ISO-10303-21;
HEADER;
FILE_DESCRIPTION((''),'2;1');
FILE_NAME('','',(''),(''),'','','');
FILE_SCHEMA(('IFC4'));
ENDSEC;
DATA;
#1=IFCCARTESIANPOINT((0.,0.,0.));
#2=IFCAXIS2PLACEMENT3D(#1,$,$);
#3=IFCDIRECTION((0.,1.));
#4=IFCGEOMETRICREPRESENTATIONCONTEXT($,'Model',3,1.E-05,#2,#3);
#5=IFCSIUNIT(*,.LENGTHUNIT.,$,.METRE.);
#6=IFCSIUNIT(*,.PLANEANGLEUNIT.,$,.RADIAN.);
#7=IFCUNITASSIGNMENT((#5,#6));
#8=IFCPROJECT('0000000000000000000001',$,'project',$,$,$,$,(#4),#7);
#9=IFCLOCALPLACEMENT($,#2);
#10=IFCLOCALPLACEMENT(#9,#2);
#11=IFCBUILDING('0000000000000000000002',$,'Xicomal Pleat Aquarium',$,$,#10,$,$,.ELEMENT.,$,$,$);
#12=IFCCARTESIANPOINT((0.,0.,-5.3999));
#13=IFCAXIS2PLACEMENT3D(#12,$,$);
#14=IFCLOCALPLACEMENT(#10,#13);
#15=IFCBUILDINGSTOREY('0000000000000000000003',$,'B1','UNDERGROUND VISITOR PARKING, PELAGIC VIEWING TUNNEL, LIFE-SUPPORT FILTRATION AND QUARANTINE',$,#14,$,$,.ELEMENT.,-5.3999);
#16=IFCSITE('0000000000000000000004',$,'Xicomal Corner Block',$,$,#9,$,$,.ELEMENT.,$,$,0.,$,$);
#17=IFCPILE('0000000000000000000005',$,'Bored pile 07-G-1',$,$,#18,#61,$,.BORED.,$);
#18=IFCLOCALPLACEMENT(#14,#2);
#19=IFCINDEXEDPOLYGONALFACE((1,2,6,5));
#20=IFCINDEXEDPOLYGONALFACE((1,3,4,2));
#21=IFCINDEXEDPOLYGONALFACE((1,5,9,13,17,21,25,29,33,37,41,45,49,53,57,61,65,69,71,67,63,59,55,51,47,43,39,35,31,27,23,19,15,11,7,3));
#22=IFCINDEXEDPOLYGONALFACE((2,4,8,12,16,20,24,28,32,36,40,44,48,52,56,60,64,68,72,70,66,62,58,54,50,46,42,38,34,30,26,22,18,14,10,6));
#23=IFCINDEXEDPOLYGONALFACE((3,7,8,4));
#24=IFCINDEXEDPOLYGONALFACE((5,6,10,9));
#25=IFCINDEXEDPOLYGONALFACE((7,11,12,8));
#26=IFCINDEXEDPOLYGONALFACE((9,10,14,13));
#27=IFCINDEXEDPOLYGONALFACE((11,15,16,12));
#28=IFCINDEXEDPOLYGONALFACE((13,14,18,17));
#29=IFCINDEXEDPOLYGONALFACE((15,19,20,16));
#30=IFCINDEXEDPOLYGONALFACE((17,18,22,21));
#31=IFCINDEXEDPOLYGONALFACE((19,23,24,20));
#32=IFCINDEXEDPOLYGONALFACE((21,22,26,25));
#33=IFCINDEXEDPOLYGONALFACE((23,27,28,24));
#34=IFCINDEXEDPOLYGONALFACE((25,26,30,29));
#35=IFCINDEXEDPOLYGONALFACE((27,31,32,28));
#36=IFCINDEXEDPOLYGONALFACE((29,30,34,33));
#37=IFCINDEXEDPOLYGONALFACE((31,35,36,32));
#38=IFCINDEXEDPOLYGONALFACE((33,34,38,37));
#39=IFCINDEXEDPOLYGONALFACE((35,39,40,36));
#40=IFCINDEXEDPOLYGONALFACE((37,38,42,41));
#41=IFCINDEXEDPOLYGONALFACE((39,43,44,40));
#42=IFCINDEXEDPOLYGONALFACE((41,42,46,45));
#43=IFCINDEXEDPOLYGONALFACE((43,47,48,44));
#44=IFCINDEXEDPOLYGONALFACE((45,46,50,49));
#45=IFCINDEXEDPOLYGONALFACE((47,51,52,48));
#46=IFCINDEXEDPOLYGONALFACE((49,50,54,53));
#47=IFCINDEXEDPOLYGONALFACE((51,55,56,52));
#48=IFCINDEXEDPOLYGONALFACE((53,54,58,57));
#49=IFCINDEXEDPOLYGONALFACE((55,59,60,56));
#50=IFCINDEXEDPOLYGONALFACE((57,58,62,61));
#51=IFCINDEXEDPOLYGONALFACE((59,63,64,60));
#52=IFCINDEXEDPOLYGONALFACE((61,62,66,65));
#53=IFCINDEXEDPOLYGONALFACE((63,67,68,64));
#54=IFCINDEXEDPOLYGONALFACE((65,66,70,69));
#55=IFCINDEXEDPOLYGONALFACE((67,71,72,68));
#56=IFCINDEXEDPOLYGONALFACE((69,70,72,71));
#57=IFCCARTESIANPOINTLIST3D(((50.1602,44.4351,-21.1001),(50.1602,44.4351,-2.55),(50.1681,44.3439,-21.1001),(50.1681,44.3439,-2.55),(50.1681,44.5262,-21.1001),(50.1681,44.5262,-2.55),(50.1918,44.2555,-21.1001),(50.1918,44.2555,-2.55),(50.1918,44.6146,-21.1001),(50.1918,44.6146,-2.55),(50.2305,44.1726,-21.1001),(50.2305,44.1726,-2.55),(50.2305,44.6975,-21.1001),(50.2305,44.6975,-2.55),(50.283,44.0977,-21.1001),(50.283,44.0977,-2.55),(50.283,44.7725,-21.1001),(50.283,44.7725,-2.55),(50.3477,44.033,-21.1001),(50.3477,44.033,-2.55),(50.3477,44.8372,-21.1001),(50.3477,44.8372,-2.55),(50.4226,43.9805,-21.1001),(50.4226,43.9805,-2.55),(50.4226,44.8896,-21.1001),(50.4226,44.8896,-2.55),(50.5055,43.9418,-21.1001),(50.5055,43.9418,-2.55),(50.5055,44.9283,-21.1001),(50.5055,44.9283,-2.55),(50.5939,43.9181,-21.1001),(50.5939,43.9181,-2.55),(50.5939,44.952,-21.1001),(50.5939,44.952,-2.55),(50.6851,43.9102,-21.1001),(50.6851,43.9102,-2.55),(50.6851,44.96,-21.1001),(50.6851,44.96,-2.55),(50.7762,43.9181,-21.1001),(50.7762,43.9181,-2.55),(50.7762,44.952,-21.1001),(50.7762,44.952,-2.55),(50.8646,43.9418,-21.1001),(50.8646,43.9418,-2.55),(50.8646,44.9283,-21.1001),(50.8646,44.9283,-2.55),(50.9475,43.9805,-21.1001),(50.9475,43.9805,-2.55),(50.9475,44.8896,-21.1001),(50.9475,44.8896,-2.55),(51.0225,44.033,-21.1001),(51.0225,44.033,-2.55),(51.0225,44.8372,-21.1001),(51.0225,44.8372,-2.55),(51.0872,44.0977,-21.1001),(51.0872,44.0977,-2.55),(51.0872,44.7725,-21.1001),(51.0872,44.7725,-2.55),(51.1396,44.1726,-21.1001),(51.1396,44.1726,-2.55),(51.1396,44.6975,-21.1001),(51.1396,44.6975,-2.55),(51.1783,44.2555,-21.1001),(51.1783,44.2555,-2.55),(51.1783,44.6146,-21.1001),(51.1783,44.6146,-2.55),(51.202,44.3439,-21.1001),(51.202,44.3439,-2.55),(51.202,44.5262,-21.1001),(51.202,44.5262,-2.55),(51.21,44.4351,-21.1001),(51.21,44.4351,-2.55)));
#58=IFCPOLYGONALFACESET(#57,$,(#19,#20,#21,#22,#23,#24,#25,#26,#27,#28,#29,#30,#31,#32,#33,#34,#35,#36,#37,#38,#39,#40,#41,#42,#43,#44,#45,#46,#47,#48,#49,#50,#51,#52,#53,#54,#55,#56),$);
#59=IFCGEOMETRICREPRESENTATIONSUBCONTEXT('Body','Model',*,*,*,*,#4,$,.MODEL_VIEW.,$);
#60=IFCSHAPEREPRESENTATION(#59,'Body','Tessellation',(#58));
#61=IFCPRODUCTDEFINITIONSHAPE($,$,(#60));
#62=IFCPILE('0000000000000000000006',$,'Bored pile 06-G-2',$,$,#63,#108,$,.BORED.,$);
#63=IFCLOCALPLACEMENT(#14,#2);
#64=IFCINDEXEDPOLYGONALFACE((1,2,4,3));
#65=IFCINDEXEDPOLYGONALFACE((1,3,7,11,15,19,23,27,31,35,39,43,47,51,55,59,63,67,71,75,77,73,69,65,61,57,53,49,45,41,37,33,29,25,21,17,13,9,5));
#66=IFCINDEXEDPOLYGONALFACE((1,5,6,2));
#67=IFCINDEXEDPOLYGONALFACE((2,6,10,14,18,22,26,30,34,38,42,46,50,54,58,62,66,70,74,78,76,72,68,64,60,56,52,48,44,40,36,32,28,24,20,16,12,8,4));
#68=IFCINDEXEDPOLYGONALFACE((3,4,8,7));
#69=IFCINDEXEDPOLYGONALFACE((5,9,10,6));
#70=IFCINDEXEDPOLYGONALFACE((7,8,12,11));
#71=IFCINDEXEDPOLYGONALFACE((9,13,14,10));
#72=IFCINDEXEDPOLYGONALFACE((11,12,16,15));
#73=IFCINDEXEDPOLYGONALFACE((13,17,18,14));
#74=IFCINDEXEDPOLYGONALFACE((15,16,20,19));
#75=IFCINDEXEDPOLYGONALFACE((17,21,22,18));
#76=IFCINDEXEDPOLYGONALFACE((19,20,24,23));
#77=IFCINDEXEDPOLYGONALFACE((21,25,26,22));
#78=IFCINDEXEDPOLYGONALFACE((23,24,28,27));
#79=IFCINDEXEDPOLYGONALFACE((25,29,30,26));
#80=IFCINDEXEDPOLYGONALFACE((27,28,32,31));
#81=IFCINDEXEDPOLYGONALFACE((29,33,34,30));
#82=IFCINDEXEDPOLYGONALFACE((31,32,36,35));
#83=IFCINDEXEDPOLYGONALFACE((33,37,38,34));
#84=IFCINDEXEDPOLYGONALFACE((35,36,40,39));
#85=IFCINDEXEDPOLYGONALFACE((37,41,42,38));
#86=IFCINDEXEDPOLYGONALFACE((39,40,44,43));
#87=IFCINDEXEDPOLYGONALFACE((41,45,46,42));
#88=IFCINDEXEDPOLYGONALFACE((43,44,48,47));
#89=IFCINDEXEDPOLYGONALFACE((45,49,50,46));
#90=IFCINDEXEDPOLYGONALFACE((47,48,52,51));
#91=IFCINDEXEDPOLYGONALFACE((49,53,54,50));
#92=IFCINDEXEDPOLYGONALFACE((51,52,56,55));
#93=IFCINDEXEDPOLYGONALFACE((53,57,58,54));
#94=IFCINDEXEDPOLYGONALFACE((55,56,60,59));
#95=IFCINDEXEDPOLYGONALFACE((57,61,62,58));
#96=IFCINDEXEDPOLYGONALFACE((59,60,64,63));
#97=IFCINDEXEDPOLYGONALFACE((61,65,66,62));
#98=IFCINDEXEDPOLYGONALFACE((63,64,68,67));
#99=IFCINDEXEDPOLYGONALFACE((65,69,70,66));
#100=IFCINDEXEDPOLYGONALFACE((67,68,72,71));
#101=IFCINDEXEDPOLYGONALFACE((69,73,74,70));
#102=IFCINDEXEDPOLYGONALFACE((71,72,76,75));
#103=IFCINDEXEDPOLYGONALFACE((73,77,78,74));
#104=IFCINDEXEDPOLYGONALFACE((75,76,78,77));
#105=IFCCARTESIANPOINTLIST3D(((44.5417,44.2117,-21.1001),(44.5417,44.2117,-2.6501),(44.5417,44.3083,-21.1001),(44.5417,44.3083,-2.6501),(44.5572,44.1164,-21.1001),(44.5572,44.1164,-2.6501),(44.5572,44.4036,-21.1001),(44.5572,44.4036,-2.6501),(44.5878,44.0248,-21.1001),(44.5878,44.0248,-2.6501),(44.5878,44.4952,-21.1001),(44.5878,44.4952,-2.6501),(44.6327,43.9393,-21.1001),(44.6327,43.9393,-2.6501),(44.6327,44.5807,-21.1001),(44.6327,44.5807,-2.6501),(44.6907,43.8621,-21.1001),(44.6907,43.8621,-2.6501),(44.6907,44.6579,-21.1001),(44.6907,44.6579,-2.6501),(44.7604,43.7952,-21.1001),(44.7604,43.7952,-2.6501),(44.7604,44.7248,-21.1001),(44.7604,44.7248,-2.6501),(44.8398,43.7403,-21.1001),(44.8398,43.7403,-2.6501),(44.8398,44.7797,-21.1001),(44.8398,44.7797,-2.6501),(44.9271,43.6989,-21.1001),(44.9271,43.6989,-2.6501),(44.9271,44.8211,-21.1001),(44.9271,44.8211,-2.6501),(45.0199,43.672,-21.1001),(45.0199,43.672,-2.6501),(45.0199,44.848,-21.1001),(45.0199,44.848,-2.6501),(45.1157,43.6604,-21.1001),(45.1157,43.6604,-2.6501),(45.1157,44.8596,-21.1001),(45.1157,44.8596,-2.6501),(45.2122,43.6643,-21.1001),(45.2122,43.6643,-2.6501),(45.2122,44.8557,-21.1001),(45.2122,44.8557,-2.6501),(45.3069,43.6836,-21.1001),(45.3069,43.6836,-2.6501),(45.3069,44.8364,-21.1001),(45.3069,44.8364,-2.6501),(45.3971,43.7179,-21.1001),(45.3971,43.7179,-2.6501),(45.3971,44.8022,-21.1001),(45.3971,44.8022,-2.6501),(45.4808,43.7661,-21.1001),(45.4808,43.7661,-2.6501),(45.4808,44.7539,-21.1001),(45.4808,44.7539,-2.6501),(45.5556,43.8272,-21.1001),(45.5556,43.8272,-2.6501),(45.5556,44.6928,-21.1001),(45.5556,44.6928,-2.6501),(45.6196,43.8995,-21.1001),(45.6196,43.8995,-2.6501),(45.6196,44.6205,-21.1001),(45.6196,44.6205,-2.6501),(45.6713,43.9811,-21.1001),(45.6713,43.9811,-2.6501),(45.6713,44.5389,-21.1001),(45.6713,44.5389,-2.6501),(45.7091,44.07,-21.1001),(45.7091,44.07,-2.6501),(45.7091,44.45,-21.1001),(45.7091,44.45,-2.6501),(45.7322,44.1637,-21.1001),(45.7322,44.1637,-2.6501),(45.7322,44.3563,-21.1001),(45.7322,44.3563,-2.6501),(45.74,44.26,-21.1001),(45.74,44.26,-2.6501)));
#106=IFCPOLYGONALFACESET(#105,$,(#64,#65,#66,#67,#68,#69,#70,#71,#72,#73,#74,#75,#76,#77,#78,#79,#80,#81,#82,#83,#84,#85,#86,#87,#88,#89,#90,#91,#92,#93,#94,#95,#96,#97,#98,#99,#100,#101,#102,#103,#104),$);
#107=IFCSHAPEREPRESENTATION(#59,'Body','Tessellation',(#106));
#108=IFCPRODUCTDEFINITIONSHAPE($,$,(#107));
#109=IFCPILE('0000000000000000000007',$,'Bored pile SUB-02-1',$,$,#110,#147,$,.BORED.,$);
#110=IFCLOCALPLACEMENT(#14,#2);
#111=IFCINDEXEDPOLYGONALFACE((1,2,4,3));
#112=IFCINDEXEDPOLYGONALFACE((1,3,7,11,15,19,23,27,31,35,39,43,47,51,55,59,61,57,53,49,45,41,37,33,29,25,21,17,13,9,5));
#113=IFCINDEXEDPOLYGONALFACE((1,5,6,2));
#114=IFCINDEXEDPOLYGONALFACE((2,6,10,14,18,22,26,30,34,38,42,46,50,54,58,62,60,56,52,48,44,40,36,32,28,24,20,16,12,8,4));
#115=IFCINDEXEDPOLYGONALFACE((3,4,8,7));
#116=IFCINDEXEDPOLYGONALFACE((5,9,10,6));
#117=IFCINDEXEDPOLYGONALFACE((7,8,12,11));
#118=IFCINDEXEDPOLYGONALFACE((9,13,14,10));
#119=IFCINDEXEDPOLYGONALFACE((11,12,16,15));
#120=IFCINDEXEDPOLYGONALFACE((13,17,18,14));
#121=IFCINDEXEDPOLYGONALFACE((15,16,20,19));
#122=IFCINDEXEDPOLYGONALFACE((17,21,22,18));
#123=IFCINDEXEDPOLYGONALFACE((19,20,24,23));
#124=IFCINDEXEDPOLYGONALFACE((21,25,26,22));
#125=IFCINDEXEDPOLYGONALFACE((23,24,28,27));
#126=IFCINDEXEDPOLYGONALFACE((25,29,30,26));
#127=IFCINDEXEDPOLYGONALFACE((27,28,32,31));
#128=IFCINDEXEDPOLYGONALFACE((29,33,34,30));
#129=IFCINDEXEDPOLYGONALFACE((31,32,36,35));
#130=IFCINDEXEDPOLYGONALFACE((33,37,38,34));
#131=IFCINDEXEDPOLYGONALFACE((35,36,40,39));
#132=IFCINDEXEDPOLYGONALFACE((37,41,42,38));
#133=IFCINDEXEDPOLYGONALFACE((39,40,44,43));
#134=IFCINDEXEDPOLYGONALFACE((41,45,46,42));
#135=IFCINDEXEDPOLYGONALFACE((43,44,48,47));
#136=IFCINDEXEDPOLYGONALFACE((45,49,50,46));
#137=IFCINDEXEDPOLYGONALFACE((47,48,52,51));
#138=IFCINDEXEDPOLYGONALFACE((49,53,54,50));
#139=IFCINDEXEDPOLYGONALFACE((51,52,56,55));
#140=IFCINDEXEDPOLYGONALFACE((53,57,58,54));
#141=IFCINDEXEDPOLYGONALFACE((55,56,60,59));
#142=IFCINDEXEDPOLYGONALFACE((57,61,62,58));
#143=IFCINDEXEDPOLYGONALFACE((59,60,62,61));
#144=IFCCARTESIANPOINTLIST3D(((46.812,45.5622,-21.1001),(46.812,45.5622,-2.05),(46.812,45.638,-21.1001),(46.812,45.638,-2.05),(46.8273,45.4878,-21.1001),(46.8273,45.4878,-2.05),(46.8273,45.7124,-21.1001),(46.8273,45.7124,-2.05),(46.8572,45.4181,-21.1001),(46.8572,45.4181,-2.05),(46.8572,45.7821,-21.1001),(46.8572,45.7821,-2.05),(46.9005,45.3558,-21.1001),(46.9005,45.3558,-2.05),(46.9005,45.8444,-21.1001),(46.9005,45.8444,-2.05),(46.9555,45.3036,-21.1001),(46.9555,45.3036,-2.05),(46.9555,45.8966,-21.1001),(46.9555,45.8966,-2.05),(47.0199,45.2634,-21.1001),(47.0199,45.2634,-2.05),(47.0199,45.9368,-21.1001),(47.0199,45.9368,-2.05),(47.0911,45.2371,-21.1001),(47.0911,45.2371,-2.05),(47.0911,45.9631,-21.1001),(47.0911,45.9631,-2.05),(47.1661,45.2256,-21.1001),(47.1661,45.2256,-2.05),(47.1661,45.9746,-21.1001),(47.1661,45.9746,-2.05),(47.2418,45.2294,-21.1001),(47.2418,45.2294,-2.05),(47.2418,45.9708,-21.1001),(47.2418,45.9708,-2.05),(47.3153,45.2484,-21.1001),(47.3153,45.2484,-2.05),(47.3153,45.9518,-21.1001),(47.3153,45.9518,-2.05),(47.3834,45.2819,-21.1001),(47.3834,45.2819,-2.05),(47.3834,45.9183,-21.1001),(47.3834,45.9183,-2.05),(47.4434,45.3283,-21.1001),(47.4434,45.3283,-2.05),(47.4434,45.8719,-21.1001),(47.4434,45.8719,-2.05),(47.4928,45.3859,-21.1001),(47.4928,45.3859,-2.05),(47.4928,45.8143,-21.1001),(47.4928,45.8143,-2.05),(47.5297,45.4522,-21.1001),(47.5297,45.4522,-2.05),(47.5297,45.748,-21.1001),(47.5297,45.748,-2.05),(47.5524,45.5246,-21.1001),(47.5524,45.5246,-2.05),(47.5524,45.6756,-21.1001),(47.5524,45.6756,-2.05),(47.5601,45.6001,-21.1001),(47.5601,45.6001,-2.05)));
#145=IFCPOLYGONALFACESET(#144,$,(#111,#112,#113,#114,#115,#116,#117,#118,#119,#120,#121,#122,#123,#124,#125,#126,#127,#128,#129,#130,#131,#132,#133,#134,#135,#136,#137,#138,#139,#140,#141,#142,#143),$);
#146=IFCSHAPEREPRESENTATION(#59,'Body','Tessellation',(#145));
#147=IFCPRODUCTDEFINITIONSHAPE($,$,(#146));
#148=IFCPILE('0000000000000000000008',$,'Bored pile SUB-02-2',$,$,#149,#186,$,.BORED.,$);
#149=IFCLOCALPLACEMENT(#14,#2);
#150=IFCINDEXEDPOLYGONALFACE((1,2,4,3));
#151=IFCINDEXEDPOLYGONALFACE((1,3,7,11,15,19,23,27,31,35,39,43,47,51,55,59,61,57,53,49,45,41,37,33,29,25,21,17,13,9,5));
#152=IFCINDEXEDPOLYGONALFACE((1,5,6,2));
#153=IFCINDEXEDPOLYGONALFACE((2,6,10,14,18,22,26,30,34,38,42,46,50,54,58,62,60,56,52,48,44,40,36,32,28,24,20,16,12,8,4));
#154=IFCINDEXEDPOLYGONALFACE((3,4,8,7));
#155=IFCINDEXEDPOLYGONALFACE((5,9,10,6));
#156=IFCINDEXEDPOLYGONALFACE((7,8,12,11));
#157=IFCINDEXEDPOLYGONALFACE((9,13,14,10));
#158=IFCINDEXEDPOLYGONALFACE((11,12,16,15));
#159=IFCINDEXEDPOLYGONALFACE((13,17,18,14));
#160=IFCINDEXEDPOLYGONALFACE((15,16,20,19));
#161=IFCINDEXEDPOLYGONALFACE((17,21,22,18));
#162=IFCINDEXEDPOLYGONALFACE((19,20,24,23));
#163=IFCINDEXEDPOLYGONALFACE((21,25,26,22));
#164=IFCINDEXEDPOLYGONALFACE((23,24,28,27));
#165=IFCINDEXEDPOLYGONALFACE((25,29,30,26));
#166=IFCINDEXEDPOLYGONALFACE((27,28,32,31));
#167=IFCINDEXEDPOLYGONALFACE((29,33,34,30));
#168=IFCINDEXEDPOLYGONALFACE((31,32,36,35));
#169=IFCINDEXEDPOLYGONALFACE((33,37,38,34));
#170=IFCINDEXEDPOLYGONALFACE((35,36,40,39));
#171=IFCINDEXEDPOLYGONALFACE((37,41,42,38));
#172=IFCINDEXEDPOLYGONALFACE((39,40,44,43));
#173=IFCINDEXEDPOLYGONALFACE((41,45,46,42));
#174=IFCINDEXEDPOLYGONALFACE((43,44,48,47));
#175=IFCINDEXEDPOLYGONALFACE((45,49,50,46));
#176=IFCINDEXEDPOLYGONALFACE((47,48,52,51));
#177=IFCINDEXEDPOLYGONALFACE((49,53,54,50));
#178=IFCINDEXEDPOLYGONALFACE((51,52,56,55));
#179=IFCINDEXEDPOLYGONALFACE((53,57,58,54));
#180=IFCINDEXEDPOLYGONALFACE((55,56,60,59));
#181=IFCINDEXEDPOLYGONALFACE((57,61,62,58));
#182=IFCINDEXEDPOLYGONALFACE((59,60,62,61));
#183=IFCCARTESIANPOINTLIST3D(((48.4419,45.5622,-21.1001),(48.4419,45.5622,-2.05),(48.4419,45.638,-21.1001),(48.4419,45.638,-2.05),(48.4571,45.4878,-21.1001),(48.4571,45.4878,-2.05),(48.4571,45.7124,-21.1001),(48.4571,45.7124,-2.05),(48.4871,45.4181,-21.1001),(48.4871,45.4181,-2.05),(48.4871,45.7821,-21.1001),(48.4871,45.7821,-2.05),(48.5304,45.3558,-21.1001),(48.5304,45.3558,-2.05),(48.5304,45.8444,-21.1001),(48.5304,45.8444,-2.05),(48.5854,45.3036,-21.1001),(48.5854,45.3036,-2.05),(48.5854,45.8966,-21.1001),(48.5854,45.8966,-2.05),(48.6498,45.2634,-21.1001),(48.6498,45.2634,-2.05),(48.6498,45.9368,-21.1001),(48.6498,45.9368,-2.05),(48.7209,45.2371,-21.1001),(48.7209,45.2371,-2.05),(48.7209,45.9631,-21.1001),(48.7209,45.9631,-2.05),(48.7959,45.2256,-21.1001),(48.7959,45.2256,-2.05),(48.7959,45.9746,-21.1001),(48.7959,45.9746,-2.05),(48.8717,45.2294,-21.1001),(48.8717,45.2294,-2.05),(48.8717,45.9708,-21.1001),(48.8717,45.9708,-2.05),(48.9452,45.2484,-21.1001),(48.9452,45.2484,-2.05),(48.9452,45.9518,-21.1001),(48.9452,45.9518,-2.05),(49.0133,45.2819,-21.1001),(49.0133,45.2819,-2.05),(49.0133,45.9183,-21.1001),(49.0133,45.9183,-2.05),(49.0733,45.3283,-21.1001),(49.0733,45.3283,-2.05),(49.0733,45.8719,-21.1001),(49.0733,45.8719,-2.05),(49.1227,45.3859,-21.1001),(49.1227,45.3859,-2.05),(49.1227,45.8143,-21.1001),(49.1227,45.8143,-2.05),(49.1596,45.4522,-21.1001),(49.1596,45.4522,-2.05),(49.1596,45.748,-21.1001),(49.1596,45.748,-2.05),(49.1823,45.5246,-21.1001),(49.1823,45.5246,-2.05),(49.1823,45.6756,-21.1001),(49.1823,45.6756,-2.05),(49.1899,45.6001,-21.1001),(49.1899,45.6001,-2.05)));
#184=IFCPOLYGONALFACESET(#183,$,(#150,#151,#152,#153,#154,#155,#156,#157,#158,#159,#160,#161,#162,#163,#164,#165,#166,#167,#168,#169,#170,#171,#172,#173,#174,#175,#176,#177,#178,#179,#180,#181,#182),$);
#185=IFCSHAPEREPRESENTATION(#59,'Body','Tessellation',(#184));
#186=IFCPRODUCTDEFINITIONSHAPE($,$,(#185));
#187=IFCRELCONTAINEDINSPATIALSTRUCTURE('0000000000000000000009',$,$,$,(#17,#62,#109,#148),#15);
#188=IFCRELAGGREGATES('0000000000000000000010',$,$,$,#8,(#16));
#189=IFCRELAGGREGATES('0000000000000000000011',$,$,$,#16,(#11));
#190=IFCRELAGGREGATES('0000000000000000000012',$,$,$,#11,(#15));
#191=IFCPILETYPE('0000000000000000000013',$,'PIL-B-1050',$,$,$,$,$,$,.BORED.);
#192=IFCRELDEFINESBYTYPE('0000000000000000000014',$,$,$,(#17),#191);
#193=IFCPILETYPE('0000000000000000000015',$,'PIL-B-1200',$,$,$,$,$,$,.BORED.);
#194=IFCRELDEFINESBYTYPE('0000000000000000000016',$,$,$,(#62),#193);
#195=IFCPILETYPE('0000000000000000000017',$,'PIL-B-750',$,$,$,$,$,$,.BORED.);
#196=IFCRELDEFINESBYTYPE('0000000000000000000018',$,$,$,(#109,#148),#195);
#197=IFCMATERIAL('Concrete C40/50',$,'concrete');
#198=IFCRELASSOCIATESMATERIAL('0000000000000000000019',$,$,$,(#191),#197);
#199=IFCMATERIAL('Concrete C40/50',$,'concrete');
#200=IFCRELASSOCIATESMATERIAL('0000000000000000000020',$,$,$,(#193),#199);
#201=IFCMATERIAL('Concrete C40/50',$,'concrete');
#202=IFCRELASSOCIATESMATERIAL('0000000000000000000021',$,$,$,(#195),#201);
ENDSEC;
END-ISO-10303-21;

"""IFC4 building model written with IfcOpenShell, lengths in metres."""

from ifc_helpers import new_model, si_unit, direction, frame, origin, origin_2d, place, context, subcontext, project, spatial, circle, extrude, material, material_profile, profile_set, type_object, element, save


model = new_model("IFC4")

# Units and contexts
model_context = context("Model", 3, precision=1e-05, world=origin(), true_north=direction((0.0, 1.0)))
body_context = subcontext(model_context, "Body", "Model", "MODEL_VIEW")
ifc_project = project(units=[si_unit("LENGTHUNIT", "METRE"), si_unit("PLANEANGLEUNIT", "RADIAN")], contexts=[model_context])

# Site, building, storey
site_placement = place(None, origin())
site = spatial("IfcSite", under=ifc_project, at=site_placement, Name="Xicomal Corner Block", CompositionType="ELEMENT", RefElevation=0.0)
building_placement = place(site_placement, origin())
building = spatial("IfcBuilding", under=site, at=building_placement, Name="Xicomal Pleat Aquarium", CompositionType="ELEMENT")
storey_placement = place(building_placement, frame((0.0, 0.0, -5.3999)))
storey = spatial("IfcBuildingStorey", under=building, at=storey_placement, Name="B1", Description="UNDERGROUND VISITOR PARKING, PELAGIC VIEWING TUNNEL, LIFE-SUPPORT FILTRATION AND QUARANTINE", CompositionType="ELEMENT", Elevation=-5.3999)

# Piles
ifc_material_1 = material(Name="Concrete C40/50", Category="concrete")
ifc_material_profile_1 = material_profile(ifc_material_1, circle(Radius=0.5249, at=origin_2d()), Name="BORED PILE D1050")
ifc_profile_set_1 = profile_set([ifc_material_profile_1], Name="Concrete C40/50")
pile_type_1 = type_object("IfcPileType", Name="PIL-B-1050", PredefinedType="BORED", material=ifc_profile_set_1)
pile_1_placement = place(storey_placement, frame((50.6851, 44.4351, -2.55), z_axis=(0.0, 0.0, -1.0), x_axis=(1.0, 0.0, 0.0)))
element("IfcPile", 1, at=pile_1_placement, inside=storey, type_object=pile_type_1, Name="Bored pile 07-G-1", PredefinedType="BORED", context=body_context, shape_type="SweptSolid", body=[
    extrude(circle(Radius=0.5249, at=origin_2d()), origin(), (0.0, 0.0, 1.0), 18.55),
])
ifc_material_2 = material(Name="Concrete C40/50", Category="concrete")
ifc_material_profile_2 = material_profile(ifc_material_2, circle(Radius=0.6001, at=origin_2d()), Name="BORED PILE D1200")
ifc_profile_set_2 = profile_set([ifc_material_profile_2], Name="Concrete C40/50")
pile_type_2 = type_object("IfcPileType", Name="PIL-B-1200", PredefinedType="BORED", material=ifc_profile_set_2)
pile_2_placement = place(storey_placement, frame((45.1399, 44.26, -2.6501), z_axis=(0.0, 0.0, -1.0), x_axis=(1.0, 0.0, 0.0)))
element("IfcPile", 2, at=pile_2_placement, inside=storey, type_object=pile_type_2, Name="Bored pile 06-G-2", PredefinedType="BORED", context=body_context, shape_type="SweptSolid", body=[
    extrude(circle(Radius=0.6001, at=origin_2d()), origin(), (0.0, 0.0, 1.0), 18.45),
])
ifc_material_3 = material(Name="Concrete C40/50", Category="concrete")
ifc_material_profile_3 = material_profile(ifc_material_3, circle(Radius=0.375, at=origin_2d()), Name="BORED PILE D750")
ifc_profile_set_3 = profile_set([ifc_material_profile_3], Name="Concrete C40/50")
pile_type_3 = type_object("IfcPileType", Name="PIL-B-750", PredefinedType="BORED", material=ifc_profile_set_3)
for number, where, z_axis, x_axis, name in (
    (3, (47.1851, 45.6001, -2.05), (0.0, 0.0, -1.0), (1.0, 0.0, 0.0), "Bored pile SUB-02-1"),
    (4, (48.8149, 45.6001, -2.05), (0.0, 0.0, -1.0), (1.0, 0.0, 0.0), "Bored pile SUB-02-2"),
):
    element("IfcPile", number, at=place(storey_placement, frame(where, z_axis=z_axis, x_axis=x_axis)), inside=storey, type_object=pile_type_3, Name=name, PredefinedType="BORED", context=body_context, shape_type="SweptSolid", body=[
        extrude(circle(Radius=0.375, at=origin_2d()), origin(), (0.0, 0.0, 1.0), 19.05),
    ])

save(model, "model.ifc")
